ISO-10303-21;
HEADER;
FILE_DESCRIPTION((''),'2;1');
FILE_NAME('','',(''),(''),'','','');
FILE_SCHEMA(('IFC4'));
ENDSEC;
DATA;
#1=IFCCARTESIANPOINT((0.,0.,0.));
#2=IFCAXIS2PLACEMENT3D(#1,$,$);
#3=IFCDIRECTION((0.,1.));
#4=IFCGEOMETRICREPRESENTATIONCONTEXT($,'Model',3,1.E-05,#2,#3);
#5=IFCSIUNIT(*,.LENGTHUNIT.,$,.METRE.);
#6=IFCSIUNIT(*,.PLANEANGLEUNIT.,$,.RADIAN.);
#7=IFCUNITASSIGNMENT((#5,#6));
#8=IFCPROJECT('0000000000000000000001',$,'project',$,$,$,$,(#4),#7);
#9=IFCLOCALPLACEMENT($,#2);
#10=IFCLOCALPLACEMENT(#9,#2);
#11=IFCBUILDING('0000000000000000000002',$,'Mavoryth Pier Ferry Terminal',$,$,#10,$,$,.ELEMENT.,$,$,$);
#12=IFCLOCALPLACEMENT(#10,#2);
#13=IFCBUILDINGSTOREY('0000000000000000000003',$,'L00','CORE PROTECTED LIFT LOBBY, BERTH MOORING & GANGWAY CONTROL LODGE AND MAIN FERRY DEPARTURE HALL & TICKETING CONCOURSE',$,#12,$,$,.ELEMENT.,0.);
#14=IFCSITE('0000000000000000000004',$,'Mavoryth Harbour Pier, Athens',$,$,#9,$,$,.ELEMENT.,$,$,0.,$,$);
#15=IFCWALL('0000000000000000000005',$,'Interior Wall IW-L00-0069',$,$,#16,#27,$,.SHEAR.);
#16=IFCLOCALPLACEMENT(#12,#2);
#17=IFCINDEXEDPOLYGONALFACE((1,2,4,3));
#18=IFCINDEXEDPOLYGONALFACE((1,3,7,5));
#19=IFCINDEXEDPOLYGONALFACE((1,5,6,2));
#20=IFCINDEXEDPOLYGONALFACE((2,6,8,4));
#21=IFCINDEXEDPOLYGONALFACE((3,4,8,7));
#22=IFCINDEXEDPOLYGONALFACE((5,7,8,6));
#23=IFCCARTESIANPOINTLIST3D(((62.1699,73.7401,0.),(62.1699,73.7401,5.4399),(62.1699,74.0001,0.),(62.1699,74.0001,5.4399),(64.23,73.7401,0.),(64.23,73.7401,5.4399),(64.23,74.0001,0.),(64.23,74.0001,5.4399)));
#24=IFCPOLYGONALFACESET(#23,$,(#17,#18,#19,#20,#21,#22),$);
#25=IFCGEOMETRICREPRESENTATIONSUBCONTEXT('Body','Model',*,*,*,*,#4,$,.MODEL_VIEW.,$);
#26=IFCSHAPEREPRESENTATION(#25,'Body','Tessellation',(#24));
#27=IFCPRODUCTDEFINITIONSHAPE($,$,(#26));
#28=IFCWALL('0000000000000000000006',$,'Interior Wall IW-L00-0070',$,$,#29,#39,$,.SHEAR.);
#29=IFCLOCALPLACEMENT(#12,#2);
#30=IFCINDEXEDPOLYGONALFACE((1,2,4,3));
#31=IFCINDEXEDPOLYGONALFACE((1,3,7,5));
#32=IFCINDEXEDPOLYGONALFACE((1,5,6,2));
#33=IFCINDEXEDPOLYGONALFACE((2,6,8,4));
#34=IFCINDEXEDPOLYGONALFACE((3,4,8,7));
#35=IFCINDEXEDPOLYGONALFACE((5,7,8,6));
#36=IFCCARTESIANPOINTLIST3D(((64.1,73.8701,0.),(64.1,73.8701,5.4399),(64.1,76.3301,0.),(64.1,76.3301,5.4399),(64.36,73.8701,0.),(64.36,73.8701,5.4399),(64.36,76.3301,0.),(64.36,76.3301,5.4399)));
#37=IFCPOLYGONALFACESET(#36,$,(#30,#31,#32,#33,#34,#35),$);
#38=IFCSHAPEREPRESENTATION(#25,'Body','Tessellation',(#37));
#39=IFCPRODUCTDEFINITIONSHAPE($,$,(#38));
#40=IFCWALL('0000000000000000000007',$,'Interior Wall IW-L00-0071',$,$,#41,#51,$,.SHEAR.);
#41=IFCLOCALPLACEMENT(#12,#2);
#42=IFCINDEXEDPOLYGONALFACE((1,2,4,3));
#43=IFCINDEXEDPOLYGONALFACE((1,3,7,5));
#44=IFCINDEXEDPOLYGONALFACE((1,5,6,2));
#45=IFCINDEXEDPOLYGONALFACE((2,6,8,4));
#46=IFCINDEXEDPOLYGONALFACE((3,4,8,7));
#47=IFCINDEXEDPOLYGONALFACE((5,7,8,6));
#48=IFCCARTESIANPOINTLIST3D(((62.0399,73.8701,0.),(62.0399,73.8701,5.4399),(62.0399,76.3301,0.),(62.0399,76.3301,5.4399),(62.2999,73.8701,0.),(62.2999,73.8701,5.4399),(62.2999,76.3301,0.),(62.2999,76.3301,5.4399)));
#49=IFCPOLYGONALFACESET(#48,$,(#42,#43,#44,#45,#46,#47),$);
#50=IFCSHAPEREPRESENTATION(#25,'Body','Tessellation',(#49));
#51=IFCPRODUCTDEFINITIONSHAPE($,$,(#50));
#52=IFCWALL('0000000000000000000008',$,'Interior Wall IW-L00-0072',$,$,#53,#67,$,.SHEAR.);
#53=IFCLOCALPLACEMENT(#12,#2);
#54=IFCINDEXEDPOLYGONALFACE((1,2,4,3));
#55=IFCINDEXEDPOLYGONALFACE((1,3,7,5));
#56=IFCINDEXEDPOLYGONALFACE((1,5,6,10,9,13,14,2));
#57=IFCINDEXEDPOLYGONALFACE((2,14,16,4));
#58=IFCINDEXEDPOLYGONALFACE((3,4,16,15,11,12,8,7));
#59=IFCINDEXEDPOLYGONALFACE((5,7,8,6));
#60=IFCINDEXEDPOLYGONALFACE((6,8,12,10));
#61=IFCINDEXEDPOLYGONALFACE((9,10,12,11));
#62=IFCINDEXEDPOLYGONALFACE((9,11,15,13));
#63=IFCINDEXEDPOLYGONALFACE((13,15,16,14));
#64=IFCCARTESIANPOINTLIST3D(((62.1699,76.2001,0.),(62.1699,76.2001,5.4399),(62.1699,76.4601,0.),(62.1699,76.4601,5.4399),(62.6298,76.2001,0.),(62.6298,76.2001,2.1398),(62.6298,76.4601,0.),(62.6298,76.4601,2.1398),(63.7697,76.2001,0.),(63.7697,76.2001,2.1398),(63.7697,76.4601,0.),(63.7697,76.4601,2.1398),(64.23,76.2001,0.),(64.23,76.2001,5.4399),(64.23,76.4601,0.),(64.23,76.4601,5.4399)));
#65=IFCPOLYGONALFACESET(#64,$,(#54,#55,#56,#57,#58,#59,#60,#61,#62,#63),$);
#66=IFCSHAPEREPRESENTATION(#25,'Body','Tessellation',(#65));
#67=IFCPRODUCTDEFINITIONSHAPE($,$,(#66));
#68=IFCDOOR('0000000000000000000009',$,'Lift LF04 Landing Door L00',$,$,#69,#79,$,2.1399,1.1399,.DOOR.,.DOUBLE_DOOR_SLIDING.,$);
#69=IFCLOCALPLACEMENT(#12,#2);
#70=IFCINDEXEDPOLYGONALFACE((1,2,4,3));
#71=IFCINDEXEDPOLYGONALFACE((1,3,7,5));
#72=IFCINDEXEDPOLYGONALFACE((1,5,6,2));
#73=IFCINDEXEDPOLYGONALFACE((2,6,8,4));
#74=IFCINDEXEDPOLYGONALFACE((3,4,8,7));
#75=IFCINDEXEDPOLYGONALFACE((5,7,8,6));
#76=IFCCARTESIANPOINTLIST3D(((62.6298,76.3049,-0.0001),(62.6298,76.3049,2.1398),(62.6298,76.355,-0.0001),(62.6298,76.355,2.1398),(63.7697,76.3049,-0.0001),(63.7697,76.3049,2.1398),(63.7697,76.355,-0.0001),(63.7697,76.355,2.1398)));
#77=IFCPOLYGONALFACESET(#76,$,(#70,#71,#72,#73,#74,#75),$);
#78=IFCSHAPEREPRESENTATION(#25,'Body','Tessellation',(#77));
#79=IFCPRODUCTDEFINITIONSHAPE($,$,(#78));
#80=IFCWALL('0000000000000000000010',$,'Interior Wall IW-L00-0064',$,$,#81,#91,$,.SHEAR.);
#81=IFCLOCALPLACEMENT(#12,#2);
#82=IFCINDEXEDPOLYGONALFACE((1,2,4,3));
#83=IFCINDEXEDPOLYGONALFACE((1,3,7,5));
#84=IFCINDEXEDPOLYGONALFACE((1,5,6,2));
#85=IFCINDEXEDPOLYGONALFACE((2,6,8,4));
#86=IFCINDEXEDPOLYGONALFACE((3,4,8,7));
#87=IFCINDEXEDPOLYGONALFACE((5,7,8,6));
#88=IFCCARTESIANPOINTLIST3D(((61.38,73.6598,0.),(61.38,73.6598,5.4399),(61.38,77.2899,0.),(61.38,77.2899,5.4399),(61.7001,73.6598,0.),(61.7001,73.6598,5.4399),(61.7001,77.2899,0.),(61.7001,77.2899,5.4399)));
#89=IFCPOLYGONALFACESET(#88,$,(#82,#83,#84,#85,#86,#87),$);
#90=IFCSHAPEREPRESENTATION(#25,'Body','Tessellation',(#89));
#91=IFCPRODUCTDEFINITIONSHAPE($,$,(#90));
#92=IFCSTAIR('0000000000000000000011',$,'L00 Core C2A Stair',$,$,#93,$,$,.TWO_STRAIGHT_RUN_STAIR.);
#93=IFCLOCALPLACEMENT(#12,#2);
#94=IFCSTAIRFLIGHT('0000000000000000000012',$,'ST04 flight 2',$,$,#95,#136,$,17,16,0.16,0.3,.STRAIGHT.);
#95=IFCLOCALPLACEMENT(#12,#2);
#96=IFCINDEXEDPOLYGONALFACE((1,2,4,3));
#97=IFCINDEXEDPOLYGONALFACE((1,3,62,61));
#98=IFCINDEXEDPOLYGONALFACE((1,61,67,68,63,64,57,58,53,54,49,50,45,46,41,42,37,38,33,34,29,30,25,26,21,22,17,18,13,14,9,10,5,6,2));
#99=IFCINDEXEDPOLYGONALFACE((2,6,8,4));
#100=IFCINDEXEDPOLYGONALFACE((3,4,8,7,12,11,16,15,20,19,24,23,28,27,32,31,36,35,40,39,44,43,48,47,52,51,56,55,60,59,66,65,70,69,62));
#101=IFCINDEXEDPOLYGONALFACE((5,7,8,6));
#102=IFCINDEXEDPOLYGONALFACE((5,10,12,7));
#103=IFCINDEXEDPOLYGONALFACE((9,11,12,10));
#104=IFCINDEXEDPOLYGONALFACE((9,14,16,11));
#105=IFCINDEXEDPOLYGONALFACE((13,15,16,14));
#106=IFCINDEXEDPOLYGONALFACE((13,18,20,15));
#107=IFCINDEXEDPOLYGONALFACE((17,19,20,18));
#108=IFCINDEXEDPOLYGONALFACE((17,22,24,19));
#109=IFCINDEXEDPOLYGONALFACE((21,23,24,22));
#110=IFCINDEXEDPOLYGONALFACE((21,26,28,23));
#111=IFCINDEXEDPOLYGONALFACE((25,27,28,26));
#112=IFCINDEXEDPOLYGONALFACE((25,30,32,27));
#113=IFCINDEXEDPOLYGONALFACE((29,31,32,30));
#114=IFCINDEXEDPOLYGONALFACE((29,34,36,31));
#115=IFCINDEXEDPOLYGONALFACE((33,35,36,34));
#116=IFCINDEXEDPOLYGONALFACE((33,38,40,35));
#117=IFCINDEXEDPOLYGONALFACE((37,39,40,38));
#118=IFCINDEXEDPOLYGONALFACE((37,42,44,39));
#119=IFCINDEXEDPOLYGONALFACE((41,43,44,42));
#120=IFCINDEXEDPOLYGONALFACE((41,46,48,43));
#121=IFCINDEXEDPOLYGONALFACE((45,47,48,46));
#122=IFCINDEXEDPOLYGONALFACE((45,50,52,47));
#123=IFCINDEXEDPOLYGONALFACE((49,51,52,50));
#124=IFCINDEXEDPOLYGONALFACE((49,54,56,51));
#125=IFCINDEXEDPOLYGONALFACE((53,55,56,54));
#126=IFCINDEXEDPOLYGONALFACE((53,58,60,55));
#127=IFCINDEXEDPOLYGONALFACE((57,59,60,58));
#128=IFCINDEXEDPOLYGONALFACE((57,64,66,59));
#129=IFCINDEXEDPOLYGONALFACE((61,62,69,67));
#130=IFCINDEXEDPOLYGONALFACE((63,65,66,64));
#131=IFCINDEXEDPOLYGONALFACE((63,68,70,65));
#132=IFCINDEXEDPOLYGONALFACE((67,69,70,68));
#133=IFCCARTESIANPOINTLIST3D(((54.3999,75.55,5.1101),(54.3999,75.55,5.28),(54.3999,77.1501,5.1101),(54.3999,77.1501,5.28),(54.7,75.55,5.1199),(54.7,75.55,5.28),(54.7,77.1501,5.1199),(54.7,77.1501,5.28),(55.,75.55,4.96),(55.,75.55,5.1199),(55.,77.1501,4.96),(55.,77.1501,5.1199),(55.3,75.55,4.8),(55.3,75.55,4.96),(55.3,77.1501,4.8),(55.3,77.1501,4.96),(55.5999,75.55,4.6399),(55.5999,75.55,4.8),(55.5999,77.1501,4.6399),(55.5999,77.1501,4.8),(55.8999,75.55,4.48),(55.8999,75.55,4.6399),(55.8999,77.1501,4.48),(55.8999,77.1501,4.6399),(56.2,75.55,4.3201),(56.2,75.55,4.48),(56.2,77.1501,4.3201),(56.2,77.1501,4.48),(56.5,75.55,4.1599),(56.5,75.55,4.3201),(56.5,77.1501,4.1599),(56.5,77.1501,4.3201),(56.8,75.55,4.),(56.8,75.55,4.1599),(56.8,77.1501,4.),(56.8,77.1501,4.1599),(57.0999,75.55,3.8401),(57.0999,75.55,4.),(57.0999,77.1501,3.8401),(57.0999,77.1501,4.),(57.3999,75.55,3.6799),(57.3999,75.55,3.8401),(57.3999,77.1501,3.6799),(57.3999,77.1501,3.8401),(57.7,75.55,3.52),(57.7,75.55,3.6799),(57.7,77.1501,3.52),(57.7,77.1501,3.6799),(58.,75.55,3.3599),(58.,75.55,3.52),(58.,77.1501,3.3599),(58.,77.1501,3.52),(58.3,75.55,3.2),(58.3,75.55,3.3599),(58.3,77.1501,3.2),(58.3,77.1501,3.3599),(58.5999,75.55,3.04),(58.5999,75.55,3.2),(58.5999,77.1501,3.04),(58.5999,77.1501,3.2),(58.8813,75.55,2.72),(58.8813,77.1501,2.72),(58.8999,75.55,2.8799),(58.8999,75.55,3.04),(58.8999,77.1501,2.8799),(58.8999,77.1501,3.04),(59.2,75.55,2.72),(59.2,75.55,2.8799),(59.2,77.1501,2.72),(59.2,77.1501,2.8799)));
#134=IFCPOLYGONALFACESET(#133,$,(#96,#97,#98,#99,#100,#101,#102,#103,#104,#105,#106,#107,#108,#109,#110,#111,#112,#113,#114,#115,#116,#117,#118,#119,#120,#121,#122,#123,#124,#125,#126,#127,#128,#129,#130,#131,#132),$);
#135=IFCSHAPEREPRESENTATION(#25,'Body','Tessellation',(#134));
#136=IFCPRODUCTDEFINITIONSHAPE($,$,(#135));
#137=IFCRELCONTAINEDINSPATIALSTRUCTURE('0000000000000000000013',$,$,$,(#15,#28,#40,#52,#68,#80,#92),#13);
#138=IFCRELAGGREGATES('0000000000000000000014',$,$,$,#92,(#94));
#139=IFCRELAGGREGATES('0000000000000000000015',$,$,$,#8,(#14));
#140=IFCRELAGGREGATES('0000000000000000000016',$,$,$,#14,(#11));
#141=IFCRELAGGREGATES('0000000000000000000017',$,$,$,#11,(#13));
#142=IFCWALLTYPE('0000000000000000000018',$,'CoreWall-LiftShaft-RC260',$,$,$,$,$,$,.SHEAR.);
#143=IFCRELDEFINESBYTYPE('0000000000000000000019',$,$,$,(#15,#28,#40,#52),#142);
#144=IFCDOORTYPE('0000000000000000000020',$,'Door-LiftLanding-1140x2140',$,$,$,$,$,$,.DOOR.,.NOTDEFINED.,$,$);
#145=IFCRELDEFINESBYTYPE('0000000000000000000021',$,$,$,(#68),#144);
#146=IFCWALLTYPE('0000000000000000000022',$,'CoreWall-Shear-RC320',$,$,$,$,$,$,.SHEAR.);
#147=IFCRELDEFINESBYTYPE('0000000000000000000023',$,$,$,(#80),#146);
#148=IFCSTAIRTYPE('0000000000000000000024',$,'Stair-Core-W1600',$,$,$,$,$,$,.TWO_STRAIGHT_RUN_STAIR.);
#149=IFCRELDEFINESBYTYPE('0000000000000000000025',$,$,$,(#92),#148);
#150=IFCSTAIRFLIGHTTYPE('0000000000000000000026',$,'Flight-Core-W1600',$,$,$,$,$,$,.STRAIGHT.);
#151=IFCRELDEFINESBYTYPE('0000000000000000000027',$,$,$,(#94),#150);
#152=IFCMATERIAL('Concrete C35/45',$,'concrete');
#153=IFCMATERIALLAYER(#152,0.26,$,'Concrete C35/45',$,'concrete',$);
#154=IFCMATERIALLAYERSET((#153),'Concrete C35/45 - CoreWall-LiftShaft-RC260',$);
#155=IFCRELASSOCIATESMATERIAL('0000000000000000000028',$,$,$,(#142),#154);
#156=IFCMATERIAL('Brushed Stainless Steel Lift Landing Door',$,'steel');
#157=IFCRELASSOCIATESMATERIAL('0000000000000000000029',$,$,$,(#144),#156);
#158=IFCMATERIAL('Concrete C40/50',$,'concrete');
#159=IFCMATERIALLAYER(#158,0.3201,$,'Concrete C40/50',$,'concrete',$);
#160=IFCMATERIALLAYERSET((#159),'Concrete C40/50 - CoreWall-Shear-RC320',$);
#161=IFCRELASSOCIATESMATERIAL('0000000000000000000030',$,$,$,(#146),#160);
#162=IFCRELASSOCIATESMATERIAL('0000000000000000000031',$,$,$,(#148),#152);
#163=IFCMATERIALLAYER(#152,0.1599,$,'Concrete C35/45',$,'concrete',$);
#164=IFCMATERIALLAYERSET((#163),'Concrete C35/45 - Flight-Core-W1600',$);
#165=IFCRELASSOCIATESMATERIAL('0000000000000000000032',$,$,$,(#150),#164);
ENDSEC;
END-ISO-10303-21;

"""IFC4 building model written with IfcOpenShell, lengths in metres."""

from ifc_helpers import new_model, si_unit, direction, frame, frame_2d, origin, place, context, subcontext, project, spatial, polyline, rectangle, outline, extrude, material, layer, layer_set, type_object, element, fill, aggregate, save


model = new_model("IFC4")

# Units and contexts
model_context = context("Model", 3, precision=1e-05, world=origin(), true_north=direction((0.0, 1.0)))
body_context = subcontext(model_context, "Body", "Model", "MODEL_VIEW")
ifc_project = project(units=[si_unit("LENGTHUNIT", "METRE"), si_unit("PLANEANGLEUNIT", "RADIAN")], contexts=[model_context])

# Site, building, storey
site_placement = place(None, origin())
site = spatial("IfcSite", under=ifc_project, at=site_placement, Name="Mavoryth Harbour Pier, Athens", CompositionType="ELEMENT", RefElevation=0.0)
building_placement = place(site_placement, origin())
building = spatial("IfcBuilding", under=site, at=building_placement, Name="Mavoryth Pier Ferry Terminal", CompositionType="ELEMENT")
storey_placement = place(building_placement, origin())
storey = spatial("IfcBuildingStorey", under=building, at=storey_placement, Name="L00", Description="CORE PROTECTED LIFT LOBBY, BERTH MOORING & GANGWAY CONTROL LODGE AND MAIN FERRY DEPARTURE HALL & TICKETING CONCOURSE", CompositionType="ELEMENT", Elevation=0.0)

# Shared definitions
ifc_material_1 = material(Name="Concrete C35/45", Category="concrete")

# Shared definitions
ifc_material_2 = material(Name="Concrete C40/50", Category="concrete")

# Walls
ifc_layer_1 = layer(ifc_material_1, 0.26, Name="Concrete C35/45", Category="concrete")
ifc_layer_set_1 = layer_set([ifc_layer_1], Name="Concrete C35/45 - CoreWall-LiftShaft-RC260")
wall_type_1 = type_object("IfcWallType", Name="CoreWall-LiftShaft-RC260", PredefinedType="SHEAR", material=ifc_layer_set_1)
wall_1_placement = place(storey_placement, frame((62.1699, 73.8701, 0.0), z_axis=(0.0, 0.0, 1.0), x_axis=(1.0, 0.0, 0.0)))
element("IfcWall", 1, at=wall_1_placement, inside=storey, type_object=wall_type_1, Name="Interior Wall IW-L00-0069", PredefinedType="SHEAR", context=body_context, shape_type="SweptSolid", body=[
    extrude(rectangle(XDim=2.0601, YDim=0.26, at=frame_2d((1.03, 0.0))), origin(), (0.0, 0.0, 1.0), 5.4399),
])
for number, where, z_axis, x_axis, name in (
    (2, (64.23, 73.8701, 0.0), (0.0, 0.0, 1.0), (0.0, 1.0, 0.0), "Interior Wall IW-L00-0070"),
    (3, (62.1699, 76.3301, 0.0), (0.0, 0.0, 1.0), (0.0, -1.0, 0.0), "Interior Wall IW-L00-0071"),
):
    element("IfcWall", number, at=place(storey_placement, frame(where, z_axis=z_axis, x_axis=x_axis)), inside=storey, type_object=wall_type_1, Name=name, PredefinedType="SHEAR", context=body_context, shape_type="SweptSolid", body=[
        extrude(rectangle(XDim=2.46, YDim=0.26, at=frame_2d((1.23, 0.0))), origin(), (0.0, 0.0, 1.0), 5.4399),
    ])

# Wall, opening, door
wall_2_placement = place(storey_placement, frame((62.1699, 76.3301, 0.0), z_axis=(0.0, 0.0, 1.0), x_axis=(1.0, 0.0, 0.0)))
wall_2 = element("IfcWall", 4, at=wall_2_placement, inside=storey, type_object=wall_type_1, Name="Interior Wall IW-L00-0072", PredefinedType="SHEAR", context=body_context, shape_type="SweptSolid", body=[
    extrude(rectangle(XDim=2.0601, YDim=0.26, at=frame_2d((1.03, 0.0))), origin(), (0.0, 0.0, 1.0), 5.4399),
])
opening_placement = place(wall_2_placement, frame((0.46, 0.0, 0.0)))
opening = element("IfcOpeningElement", 5, at=opening_placement, cuts=wall_2, PredefinedType="OPENING", context=body_context, shape_type="SweptSolid", body=[
    extrude(rectangle(XDim=1.1399, YDim=2.1399, at=frame_2d((0.5698, 1.0698))), frame((0.0, 0.1399, 0.0), z_axis=(0.0, -1.0, 0.0), x_axis=(1.0, 0.0, 0.0)), (0.0, 0.0, 1.0), 0.28),
])
ifc_material_3 = material(Name="Brushed Stainless Steel Lift Landing Door", Category="steel")
door_type = type_object("IfcDoorType", Name="Door-LiftLanding-1140x2140", OperationType="NOTDEFINED", PredefinedType="DOOR", material=ifc_material_3)
door_placement = place(opening_placement, origin())
door = element("IfcDoor", 6, at=door_placement, inside=storey, type_object=door_type, Name="Lift LF04 Landing Door L00", OperationType="DOUBLE_DOOR_SLIDING", OverallHeight=2.1399, OverallWidth=1.1399, PredefinedType="DOOR", context=body_context, shape_type="SweptSolid", body=[
    extrude(rectangle(XDim=1.1399, YDim=2.1399, at=frame_2d((0.5698, 1.0698))), frame((0.0, 0.0249, 0.0), z_axis=(0.0, -1.0, 0.0), x_axis=(1.0, 0.0, 0.0)), (0.0, 0.0, 1.0), 0.05),
])
fill(opening, door)

# Wall
ifc_layer_2 = layer(ifc_material_2, 0.3201, Name="Concrete C40/50", Category="concrete")
ifc_layer_set_2 = layer_set([ifc_layer_2], Name="Concrete C40/50 - CoreWall-Shear-RC320")
wall_type_2 = type_object("IfcWallType", Name="CoreWall-Shear-RC320", PredefinedType="SHEAR", material=ifc_layer_set_2)
wall_3_placement = place(storey_placement, frame((61.54, 73.6599, 0.0), z_axis=(0.0, 0.0, 1.0), x_axis=(0.0, 1.0, 0.0)))
element("IfcWall", 7, at=wall_3_placement, inside=storey, type_object=wall_type_2, Name="Interior Wall IW-L00-0064", PredefinedType="SHEAR", context=body_context, shape_type="SweptSolid", body=[
    extrude(rectangle(XDim=3.6301, YDim=0.3201, at=frame_2d((1.8149, 0.0))), origin(), (0.0, 0.0, 1.0), 5.4399),
])

# Stair, stair flight
stair_type = type_object("IfcStairType", Name="Stair-Core-W1600", PredefinedType="TWO_STRAIGHT_RUN_STAIR", material=ifc_material_1)
stair_placement = place(storey_placement, origin())
stair = element("IfcStair", 8, at=stair_placement, inside=storey, type_object=stair_type, Name="L00 Core C2A Stair", PredefinedType="TWO_STRAIGHT_RUN_STAIR")
ifc_layer_3 = layer(ifc_material_1, 0.1599, Name="Concrete C35/45", Category="concrete")
ifc_layer_set_3 = layer_set([ifc_layer_3], Name="Concrete C35/45 - Flight-Core-W1600")
stair_flight_type = type_object("IfcStairFlightType", Name="Flight-Core-W1600", PredefinedType="STRAIGHT", material=ifc_layer_set_3)
stair_flight_placement = place(storey_placement, frame((59.2, 76.3501, 2.72), z_axis=(0.0, 0.0, 1.0), x_axis=(-1.0, 0.0, 0.0)))
stair_flight = element("IfcStairFlight", 9, at=stair_flight_placement, type_object=stair_flight_type, Name="ST04 flight 2", NumberOfRisers=17, NumberOfTreads=16, PredefinedType="STRAIGHT", RiserHeight=0.16, TreadLength=0.3, context=body_context, shape_type="SweptSolid", body=[
    extrude(outline(polyline([(0.0, 0.0), (0.0, 0.1599), (0.3, 0.1599), (0.3, 0.3201), (0.6001, 0.3201), (0.6001, 0.48), (0.8999, 0.48), (0.8999, 0.6399), (1.2, 0.6399), (1.2, 0.8), (1.5, 0.8), (1.5, 0.96), (1.8, 0.96), (1.8, 1.1201), (2.1001, 1.1201), (2.1001, 1.28), (2.3999, 1.28), (2.3999, 1.4399), (2.7, 1.4399), (2.7, 1.6001), (3.0, 1.6001), (3.0, 1.76), (3.3, 1.76), (3.3, 1.9199), (3.6001, 1.9199), (3.6001, 2.0801), (3.8999, 2.0801), (3.8999, 2.24), (4.2, 2.24), (4.2, 2.3999), (4.5, 2.3999), (4.5, 2.5601), (4.8, 2.5601), (4.8, 2.72), (4.8, 2.3901), (0.3186, 0.0), (0.0, 0.0)])), frame((0.0, 0.8, 0.0), z_axis=(0.0, -1.0, 0.0), x_axis=(1.0, 0.0, 0.0)), (0.0, 0.0, 1.0), 1.6001),
])
aggregate(stair, [stair_flight])

save(model, "model.ifc")
